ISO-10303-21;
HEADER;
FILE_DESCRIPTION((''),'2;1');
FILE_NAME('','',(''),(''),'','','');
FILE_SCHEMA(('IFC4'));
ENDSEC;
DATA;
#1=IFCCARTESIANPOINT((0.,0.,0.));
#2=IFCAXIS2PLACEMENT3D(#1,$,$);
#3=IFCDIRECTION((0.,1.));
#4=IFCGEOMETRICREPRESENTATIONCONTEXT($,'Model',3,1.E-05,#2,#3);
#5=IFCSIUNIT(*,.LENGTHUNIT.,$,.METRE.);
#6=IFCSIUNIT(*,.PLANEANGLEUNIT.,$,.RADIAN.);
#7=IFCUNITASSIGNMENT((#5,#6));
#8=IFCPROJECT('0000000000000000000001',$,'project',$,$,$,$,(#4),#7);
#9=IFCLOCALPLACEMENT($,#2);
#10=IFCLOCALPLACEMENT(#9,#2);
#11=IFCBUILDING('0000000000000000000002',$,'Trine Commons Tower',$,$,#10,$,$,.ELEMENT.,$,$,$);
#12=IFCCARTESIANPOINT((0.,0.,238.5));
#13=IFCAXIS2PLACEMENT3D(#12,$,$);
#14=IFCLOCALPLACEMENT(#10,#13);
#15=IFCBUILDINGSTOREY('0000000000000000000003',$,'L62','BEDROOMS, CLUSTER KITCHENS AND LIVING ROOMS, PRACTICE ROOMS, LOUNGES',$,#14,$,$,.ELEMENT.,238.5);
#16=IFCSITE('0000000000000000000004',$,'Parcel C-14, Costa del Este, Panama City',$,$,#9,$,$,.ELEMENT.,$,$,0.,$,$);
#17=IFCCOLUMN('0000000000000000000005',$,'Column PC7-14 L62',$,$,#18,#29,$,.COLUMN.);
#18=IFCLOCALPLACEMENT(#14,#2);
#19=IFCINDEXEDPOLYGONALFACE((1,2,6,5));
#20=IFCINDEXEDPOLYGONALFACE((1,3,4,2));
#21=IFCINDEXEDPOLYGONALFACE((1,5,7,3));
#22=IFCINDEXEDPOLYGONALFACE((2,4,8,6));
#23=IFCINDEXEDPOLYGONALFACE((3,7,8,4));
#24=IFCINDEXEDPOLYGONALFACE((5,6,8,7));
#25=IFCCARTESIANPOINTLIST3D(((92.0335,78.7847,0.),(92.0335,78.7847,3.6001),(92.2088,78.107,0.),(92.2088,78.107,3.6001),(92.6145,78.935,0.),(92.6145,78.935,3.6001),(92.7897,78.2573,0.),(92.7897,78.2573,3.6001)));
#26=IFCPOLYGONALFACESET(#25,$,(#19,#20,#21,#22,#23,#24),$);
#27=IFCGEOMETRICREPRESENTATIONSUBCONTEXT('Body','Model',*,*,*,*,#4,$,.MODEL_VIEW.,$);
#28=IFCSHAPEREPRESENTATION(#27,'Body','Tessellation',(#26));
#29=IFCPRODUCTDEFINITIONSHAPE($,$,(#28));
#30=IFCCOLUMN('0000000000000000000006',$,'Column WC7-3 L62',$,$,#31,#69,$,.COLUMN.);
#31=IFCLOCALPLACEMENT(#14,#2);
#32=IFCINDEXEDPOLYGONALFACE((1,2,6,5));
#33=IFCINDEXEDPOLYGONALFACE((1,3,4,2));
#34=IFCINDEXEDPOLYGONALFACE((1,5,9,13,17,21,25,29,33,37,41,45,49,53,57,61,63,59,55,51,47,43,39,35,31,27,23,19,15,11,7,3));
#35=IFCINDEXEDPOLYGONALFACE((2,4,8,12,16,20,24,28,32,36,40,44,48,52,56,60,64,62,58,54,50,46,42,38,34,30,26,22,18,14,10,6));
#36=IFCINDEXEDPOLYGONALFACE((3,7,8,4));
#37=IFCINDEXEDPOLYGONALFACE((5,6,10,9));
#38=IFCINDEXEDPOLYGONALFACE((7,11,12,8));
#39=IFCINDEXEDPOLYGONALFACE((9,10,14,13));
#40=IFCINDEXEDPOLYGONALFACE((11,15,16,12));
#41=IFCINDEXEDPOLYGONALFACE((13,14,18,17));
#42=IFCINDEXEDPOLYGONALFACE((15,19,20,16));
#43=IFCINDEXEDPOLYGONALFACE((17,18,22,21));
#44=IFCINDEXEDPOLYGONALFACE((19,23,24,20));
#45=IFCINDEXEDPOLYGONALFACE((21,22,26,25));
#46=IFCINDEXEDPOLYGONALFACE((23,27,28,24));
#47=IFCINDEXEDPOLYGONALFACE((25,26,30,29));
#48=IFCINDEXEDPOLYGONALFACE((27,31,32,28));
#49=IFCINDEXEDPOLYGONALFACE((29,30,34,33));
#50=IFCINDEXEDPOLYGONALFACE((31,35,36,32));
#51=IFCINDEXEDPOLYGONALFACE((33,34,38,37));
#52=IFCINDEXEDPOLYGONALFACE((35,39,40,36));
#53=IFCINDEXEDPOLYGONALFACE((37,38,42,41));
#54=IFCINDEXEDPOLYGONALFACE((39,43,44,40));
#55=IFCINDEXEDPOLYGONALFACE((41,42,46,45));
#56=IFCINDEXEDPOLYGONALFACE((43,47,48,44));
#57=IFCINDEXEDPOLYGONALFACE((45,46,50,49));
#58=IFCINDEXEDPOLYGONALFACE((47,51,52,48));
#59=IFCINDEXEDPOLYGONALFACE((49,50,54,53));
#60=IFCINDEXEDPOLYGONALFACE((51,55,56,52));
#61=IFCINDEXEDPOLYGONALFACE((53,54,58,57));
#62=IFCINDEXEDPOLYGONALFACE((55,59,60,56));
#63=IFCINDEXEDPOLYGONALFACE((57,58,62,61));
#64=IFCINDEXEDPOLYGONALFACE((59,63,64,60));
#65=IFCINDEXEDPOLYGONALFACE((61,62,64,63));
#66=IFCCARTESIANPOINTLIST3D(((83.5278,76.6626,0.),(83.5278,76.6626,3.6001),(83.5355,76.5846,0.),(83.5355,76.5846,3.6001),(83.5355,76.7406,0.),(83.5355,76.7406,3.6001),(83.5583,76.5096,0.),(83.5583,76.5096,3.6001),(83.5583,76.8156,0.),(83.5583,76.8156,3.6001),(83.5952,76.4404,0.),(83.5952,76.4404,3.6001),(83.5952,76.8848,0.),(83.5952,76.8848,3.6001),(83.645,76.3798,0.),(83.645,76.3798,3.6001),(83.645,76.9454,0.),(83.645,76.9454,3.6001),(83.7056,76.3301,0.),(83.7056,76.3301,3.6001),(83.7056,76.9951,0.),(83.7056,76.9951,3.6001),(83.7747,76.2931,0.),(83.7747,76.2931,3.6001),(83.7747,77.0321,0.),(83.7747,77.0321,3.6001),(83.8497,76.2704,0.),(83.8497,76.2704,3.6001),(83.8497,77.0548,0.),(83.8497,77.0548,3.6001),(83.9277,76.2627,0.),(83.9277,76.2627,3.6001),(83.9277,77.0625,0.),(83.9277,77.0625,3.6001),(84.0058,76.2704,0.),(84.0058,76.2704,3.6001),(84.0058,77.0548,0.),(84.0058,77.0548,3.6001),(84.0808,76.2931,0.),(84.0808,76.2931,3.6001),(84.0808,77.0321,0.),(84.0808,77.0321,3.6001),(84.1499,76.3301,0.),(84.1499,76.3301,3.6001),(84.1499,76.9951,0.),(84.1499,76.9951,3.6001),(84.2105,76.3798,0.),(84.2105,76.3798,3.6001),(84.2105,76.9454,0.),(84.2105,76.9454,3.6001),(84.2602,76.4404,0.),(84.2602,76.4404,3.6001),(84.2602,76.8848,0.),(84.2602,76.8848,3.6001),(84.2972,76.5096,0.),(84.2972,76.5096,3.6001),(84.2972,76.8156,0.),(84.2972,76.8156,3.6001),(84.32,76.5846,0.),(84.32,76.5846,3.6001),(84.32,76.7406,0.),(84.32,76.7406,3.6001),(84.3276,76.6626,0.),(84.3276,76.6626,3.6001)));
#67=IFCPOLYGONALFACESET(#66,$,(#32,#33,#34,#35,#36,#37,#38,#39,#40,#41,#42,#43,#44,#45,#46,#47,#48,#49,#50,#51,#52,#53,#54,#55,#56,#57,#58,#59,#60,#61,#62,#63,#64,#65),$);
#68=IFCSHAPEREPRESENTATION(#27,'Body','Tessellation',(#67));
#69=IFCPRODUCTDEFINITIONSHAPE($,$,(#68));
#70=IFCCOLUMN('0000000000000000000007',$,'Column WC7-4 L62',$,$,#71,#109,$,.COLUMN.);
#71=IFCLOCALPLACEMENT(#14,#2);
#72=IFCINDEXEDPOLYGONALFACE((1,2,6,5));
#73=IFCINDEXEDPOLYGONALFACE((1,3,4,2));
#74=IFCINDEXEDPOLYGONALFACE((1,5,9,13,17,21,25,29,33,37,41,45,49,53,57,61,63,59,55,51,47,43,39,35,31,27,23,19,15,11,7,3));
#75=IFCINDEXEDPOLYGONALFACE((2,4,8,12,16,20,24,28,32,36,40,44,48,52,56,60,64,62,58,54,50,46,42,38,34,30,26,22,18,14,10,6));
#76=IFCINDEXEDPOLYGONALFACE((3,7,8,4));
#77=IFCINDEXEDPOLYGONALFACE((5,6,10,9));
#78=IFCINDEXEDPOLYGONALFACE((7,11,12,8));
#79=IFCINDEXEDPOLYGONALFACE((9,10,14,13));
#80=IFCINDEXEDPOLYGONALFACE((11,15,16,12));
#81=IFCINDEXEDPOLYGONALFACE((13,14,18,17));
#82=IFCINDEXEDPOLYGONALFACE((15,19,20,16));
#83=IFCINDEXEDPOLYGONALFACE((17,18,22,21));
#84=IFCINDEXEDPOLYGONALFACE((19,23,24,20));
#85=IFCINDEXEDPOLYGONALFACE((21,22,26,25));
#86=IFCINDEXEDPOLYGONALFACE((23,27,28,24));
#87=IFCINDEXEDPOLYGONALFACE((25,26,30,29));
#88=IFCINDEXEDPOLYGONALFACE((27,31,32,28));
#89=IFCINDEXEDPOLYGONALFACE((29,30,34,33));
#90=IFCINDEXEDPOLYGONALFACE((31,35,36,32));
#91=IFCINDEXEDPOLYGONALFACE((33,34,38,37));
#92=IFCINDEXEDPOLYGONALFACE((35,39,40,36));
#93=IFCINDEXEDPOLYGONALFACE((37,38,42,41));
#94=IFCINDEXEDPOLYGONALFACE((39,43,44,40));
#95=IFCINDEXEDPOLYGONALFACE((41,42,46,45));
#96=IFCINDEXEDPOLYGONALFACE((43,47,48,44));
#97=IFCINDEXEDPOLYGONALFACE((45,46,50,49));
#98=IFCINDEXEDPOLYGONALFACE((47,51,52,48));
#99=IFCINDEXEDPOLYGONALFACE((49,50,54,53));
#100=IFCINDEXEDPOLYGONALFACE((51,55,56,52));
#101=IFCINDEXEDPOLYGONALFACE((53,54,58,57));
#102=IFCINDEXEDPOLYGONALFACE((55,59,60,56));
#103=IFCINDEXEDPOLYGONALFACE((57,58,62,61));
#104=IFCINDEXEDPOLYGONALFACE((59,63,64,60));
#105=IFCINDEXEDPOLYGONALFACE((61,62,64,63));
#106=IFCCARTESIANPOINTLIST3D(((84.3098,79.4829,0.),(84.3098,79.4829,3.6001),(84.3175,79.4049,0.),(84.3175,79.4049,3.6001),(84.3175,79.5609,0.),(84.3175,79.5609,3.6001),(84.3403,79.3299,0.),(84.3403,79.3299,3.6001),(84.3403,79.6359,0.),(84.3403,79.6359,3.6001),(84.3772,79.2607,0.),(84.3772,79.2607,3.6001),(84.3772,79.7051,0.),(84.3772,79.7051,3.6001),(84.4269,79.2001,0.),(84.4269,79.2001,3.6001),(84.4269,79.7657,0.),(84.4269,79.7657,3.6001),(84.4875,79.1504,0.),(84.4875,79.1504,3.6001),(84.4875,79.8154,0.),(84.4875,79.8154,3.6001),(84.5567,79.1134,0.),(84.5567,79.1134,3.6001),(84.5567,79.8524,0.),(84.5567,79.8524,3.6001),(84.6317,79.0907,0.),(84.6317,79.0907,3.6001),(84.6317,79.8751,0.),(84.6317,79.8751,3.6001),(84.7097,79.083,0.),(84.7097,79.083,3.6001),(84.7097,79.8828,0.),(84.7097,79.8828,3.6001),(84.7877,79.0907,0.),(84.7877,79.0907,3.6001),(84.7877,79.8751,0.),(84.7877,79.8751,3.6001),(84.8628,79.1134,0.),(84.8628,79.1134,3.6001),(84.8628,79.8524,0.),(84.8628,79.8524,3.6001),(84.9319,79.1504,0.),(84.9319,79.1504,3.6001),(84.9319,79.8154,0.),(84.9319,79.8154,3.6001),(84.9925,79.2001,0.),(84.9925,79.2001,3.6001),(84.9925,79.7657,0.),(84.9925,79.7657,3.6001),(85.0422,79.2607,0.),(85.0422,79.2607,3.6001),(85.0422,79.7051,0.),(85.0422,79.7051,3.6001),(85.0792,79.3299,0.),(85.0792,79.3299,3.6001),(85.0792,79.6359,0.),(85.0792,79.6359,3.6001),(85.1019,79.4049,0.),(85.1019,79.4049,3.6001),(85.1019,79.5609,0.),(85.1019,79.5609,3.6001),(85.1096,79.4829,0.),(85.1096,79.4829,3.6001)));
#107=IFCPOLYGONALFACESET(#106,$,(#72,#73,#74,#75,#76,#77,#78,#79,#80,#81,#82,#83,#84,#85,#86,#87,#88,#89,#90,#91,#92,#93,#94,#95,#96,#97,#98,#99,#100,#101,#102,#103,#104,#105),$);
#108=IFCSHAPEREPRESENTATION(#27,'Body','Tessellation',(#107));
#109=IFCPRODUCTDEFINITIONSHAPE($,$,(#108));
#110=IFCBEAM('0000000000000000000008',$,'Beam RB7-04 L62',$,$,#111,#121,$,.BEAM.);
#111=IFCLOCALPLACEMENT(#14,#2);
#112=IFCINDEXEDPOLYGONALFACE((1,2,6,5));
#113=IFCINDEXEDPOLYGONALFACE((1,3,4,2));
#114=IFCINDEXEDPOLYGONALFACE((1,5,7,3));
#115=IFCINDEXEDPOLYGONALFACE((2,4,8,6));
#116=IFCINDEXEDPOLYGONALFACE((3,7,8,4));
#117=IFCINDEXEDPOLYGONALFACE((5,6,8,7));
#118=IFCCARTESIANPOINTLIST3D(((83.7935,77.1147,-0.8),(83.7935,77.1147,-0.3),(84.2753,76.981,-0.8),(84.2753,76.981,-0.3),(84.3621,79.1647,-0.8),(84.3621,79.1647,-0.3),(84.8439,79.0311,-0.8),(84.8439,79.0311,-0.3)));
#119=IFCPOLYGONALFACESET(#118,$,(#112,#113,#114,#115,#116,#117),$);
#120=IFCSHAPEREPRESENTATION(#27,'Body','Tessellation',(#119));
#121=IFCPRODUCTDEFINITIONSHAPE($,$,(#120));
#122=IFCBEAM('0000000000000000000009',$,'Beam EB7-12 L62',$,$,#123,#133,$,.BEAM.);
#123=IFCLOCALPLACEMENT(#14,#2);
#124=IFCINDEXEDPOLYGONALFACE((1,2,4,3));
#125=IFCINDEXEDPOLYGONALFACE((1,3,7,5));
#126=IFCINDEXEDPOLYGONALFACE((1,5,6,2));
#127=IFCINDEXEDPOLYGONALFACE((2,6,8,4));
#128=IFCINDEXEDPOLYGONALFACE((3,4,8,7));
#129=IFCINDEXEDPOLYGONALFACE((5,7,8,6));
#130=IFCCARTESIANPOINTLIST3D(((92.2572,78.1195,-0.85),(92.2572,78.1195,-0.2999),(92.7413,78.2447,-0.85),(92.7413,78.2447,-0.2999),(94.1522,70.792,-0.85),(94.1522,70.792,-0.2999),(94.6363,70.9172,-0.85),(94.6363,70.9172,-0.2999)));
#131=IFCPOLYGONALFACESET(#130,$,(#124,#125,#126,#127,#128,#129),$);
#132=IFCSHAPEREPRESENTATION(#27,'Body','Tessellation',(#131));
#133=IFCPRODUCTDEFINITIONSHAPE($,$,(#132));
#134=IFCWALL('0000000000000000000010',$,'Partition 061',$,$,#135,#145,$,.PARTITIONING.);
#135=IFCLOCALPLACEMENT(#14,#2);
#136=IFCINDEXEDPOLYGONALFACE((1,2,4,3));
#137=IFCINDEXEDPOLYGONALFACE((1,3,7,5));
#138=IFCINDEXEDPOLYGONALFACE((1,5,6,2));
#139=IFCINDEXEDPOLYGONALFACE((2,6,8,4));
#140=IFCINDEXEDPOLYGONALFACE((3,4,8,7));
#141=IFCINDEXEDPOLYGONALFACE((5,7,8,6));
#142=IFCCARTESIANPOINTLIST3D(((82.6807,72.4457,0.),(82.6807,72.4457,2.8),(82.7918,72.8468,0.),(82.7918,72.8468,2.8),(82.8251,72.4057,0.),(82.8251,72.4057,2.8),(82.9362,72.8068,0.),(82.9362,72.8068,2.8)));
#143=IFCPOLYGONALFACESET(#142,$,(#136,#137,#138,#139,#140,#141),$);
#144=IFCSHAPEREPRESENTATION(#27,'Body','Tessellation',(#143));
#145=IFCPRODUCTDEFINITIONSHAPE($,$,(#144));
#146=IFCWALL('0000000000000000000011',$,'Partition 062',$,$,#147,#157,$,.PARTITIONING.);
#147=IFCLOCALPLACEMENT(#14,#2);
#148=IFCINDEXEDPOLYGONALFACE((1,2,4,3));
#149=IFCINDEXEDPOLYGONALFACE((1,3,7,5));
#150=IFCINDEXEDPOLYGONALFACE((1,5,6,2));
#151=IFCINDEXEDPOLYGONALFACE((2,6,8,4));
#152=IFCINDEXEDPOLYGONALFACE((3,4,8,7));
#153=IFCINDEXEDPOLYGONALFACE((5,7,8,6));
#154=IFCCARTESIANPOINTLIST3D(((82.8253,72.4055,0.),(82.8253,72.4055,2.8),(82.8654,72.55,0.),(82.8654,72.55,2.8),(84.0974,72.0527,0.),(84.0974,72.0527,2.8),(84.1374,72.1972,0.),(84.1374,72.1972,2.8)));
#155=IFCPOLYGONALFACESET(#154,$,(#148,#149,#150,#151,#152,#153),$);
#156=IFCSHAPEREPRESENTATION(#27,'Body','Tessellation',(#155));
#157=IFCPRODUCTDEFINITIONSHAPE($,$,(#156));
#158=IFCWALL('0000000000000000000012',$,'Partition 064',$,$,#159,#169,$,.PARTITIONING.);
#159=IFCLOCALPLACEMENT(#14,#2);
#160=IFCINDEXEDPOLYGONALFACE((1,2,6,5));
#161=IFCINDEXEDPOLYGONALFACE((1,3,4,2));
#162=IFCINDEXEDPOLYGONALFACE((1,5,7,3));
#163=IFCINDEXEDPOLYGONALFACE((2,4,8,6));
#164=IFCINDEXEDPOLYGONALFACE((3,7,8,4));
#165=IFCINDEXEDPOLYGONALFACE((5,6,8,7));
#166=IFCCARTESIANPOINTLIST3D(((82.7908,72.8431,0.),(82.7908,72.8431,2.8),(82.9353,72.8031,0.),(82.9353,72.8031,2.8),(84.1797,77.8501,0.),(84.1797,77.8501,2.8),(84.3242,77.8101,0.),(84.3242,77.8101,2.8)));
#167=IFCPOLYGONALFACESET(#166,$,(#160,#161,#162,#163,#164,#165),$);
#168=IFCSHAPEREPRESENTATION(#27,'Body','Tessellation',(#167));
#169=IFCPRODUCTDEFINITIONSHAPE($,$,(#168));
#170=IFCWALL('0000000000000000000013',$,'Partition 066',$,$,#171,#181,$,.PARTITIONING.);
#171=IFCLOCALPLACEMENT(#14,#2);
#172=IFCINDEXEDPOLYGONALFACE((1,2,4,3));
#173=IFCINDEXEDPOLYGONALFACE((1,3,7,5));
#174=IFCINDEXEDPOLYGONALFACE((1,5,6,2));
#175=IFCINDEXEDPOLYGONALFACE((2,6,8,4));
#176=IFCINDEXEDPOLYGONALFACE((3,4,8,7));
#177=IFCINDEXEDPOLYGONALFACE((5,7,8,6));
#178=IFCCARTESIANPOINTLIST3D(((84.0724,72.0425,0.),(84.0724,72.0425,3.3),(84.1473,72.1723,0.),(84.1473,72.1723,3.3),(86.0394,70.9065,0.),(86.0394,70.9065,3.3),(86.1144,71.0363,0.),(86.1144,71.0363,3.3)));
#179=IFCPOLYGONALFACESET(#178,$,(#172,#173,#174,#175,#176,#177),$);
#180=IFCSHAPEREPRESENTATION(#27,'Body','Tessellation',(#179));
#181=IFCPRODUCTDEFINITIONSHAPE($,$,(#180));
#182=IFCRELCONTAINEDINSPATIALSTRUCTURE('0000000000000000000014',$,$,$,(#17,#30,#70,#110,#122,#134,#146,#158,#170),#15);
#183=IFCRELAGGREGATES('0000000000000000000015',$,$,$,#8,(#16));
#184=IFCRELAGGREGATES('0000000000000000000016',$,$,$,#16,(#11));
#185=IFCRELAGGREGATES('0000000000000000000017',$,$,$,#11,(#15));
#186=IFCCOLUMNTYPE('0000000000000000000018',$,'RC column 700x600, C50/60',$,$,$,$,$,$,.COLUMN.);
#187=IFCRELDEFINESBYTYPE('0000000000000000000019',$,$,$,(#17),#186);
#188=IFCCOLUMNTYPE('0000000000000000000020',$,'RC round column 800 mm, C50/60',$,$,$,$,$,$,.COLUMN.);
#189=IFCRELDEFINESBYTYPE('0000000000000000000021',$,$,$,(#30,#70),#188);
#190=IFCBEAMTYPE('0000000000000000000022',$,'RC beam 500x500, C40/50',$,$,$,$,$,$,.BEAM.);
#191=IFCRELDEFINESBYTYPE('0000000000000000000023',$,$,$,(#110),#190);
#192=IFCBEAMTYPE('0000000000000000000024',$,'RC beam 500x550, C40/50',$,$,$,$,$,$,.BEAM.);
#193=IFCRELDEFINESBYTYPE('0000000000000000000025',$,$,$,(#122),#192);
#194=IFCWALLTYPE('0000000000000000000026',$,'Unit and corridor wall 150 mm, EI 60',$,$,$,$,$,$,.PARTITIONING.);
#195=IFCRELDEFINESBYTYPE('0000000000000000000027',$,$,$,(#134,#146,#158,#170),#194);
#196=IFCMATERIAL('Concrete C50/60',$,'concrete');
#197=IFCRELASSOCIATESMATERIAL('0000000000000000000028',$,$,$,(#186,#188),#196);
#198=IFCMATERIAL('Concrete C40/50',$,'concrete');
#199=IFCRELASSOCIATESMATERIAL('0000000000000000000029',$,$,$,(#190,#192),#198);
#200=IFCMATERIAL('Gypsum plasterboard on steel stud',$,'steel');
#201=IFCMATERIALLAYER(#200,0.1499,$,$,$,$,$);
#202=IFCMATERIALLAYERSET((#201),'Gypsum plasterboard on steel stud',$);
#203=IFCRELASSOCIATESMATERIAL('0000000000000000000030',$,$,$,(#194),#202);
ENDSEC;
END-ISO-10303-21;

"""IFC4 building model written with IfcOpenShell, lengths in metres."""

from ifc_helpers import new_model, si_unit, direction, frame, frame_2d, origin, origin_2d, place, context, subcontext, project, spatial, rectangle, circle, extrude, material, layer, layer_set, material_profile, profile_set, type_object, element, save


model = new_model("IFC4")

# Units and contexts
model_context = context("Model", 3, precision=1e-05, world=origin(), true_north=direction((0.0, 1.0)))
body_context = subcontext(model_context, "Body", "Model", "MODEL_VIEW")
ifc_project = project(units=[si_unit("LENGTHUNIT", "METRE"), si_unit("PLANEANGLEUNIT", "RADIAN")], contexts=[model_context])

# Site, building, storey
site_placement = place(None, origin())
site = spatial("IfcSite", under=ifc_project, at=site_placement, Name="Parcel C-14, Costa del Este, Panama City", CompositionType="ELEMENT", RefElevation=0.0)
building_placement = place(site_placement, origin())
building = spatial("IfcBuilding", under=site, at=building_placement, Name="Trine Commons Tower", CompositionType="ELEMENT")
storey_placement = place(building_placement, frame((0.0, 0.0, 238.5)))
storey = spatial("IfcBuildingStorey", under=building, at=storey_placement, Name="L62", Description="BEDROOMS, CLUSTER KITCHENS AND LIVING ROOMS, PRACTICE ROOMS, LOUNGES", CompositionType="ELEMENT", Elevation=238.5)

# Columns
ifc_material_1 = material(Name="Concrete C50/60", Category="concrete")
ifc_material_profile_1 = material_profile(ifc_material_1, rectangle(XDim=0.7, YDim=0.6001, at=origin_2d()), Name="RC 700x600")
ifc_profile_set_1 = profile_set([ifc_material_profile_1], Name="Concrete C50/60")
column_type_1 = type_object("IfcColumnType", Name="RC column 700x600, C50/60", PredefinedType="COLUMN", material=ifc_profile_set_1)
column_placement = place(storey_placement, frame((92.4116, 78.521, 0.0), z_axis=(0.0, 0.0, 1.0), x_axis=(-0.25038, 0.968148, 0.0)))
element("IfcColumn", 1, at=column_placement, inside=storey, type_object=column_type_1, Name="Column PC7-14 L62", PredefinedType="COLUMN", context=body_context, shape_type="SweptSolid", body=[
    extrude(rectangle(XDim=0.7, YDim=0.6001, at=origin_2d()), origin(), (0.0, 0.0, 1.0), 3.6001),
])
ifc_material_profile_2 = material_profile(ifc_material_1, circle(Radius=0.3999, at=origin_2d()), Name="RC round 800")
ifc_profile_set_2 = profile_set([ifc_material_profile_2], Name="Concrete C50/60")
column_type_2 = type_object("IfcColumnType", Name="RC round column 800 mm, C50/60", PredefinedType="COLUMN", material=ifc_profile_set_2)
for number, where, z_axis, x_axis, name in (
    (2, (83.9277, 76.6626, 0.0), (0.0, 0.0, 1.0), (1.0, 0.0, 0.0), "Column WC7-3 L62"),
    (3, (84.7097, 79.4829, 0.0), (0.0, 0.0, 1.0), (1.0, 0.0, 0.0), "Column WC7-4 L62"),
):
    element("IfcColumn", number, at=place(storey_placement, frame(where, z_axis=z_axis, x_axis=x_axis)), inside=storey, type_object=column_type_2, Name=name, PredefinedType="COLUMN", context=body_context, shape_type="SweptSolid", body=[
        extrude(circle(Radius=0.3999, at=origin_2d()), origin(), (0.0, 0.0, 1.0), 3.6001),
    ])

# Beams
ifc_material_2 = material(Name="Concrete C40/50", Category="concrete")
ifc_material_profile_3 = material_profile(ifc_material_2, rectangle(XDim=0.5, YDim=0.5, at=origin_2d()), Name="RC 500x500")
ifc_profile_set_3 = profile_set([ifc_material_profile_3], Name="Concrete C40/50")
beam_type_1 = type_object("IfcBeamType", Name="RC beam 500x500, C40/50", PredefinedType="BEAM", material=ifc_profile_set_3)
beam_1_placement = place(storey_placement, frame((84.0344, 77.0479, -0.55), z_axis=(0.267271, 0.963621, 0.0), x_axis=(-0.963621, 0.267271, 0.0)))
element("IfcBeam", 4, at=beam_1_placement, inside=storey, type_object=beam_type_1, Name="Beam RB7-04 L62", PredefinedType="BEAM", context=body_context, shape_type="SweptSolid", body=[
    extrude(rectangle(XDim=0.5, YDim=0.5, at=origin_2d()), origin(), (0.0, 0.0, 1.0), 2.1274),
])
ifc_material_profile_4 = material_profile(ifc_material_2, rectangle(XDim=0.5, YDim=0.55, at=origin_2d()), Name="RC 500x550")
ifc_profile_set_4 = profile_set([ifc_material_profile_4], Name="Concrete C40/50")
beam_type_2 = type_object("IfcBeamType", Name="RC beam 500x550, C40/50", PredefinedType="BEAM", material=ifc_profile_set_4)
beam_2_placement = place(storey_placement, frame((92.4993, 78.1821, -0.575), z_axis=(0.250376, -0.968149, 0.0), x_axis=(0.968149, 0.250376, 0.0)))
element("IfcBeam", 5, at=beam_2_placement, inside=storey, type_object=beam_type_2, Name="Beam EB7-12 L62", PredefinedType="BEAM", context=body_context, shape_type="SweptSolid", body=[
    extrude(rectangle(XDim=0.5, YDim=0.55, at=origin_2d()), origin(), (0.0, 0.0, 1.0), 7.5686),
])

# Walls
ifc_material_3 = material(Name="Gypsum plasterboard on steel stud", Category="steel")
ifc_layer_1 = layer(ifc_material_3, 0.1499)
ifc_layer_set_1 = layer_set([ifc_layer_1], Name="Gypsum plasterboard on steel stud")
wall_type_1 = type_object("IfcWallType", Name="Unit and corridor wall 150 mm, EI 60", PredefinedType="PARTITIONING", material=ifc_layer_set_1)
wall_1_placement = place(storey_placement, frame((82.7529, 72.4258, 0.0), z_axis=(0.0, 0.0, 1.0), x_axis=(0.266887, 0.963728, 0.0)))
element("IfcWall", 6, at=wall_1_placement, inside=storey, type_object=wall_type_1, Name="Partition 061", PredefinedType="PARTITIONING", context=body_context, shape_type="SweptSolid", body=[
    extrude(rectangle(XDim=0.4163, YDim=0.1499, at=frame_2d((0.208, 0.0))), origin(), (0.0, 0.0, 1.0), 2.8),
])
wall_2_placement = place(storey_placement, frame((82.8452, 72.4778, 0.0), z_axis=(0.0, 0.0, 1.0), x_axis=(0.963624, -0.267262, 0.0)))
element("IfcWall", 7, at=wall_2_placement, inside=storey, type_object=wall_type_1, Name="Partition 062", PredefinedType="PARTITIONING", context=body_context, shape_type="SweptSolid", body=[
    extrude(rectangle(XDim=1.3201, YDim=0.1499, at=frame_2d((0.6602, 0.0))), origin(), (0.0, 0.0, 1.0), 2.8),
])
wall_3_placement = place(storey_placement, frame((82.863, 72.823, 0.0), z_axis=(0.0, 0.0, 1.0), x_axis=(0.267297, 0.963614, 0.0)))
element("IfcWall", 8, at=wall_3_placement, inside=storey, type_object=wall_type_1, Name="Partition 064", PredefinedType="PARTITIONING", context=body_context, shape_type="SweptSolid", body=[
    extrude(rectangle(XDim=5.196, YDim=0.1499, at=frame_2d((2.5981, 0.0))), origin(), (0.0, 0.0, 1.0), 2.8),
])
wall_4_placement = place(storey_placement, frame((84.1099, 72.1074, 0.0), z_axis=(0.0, 0.0, 1.0), x_axis=(0.865965, -0.500104, 0.0)))
element("IfcWall", 9, at=wall_4_placement, inside=storey, type_object=wall_type_1, Name="Partition 066", PredefinedType="PARTITIONING", context=body_context, shape_type="SweptSolid", body=[
    extrude(rectangle(XDim=2.2715, YDim=0.1499, at=frame_2d((1.1357, 0.0))), origin(), (0.0, 0.0, 1.0), 3.3),
])

save(model, "model.ifc")
